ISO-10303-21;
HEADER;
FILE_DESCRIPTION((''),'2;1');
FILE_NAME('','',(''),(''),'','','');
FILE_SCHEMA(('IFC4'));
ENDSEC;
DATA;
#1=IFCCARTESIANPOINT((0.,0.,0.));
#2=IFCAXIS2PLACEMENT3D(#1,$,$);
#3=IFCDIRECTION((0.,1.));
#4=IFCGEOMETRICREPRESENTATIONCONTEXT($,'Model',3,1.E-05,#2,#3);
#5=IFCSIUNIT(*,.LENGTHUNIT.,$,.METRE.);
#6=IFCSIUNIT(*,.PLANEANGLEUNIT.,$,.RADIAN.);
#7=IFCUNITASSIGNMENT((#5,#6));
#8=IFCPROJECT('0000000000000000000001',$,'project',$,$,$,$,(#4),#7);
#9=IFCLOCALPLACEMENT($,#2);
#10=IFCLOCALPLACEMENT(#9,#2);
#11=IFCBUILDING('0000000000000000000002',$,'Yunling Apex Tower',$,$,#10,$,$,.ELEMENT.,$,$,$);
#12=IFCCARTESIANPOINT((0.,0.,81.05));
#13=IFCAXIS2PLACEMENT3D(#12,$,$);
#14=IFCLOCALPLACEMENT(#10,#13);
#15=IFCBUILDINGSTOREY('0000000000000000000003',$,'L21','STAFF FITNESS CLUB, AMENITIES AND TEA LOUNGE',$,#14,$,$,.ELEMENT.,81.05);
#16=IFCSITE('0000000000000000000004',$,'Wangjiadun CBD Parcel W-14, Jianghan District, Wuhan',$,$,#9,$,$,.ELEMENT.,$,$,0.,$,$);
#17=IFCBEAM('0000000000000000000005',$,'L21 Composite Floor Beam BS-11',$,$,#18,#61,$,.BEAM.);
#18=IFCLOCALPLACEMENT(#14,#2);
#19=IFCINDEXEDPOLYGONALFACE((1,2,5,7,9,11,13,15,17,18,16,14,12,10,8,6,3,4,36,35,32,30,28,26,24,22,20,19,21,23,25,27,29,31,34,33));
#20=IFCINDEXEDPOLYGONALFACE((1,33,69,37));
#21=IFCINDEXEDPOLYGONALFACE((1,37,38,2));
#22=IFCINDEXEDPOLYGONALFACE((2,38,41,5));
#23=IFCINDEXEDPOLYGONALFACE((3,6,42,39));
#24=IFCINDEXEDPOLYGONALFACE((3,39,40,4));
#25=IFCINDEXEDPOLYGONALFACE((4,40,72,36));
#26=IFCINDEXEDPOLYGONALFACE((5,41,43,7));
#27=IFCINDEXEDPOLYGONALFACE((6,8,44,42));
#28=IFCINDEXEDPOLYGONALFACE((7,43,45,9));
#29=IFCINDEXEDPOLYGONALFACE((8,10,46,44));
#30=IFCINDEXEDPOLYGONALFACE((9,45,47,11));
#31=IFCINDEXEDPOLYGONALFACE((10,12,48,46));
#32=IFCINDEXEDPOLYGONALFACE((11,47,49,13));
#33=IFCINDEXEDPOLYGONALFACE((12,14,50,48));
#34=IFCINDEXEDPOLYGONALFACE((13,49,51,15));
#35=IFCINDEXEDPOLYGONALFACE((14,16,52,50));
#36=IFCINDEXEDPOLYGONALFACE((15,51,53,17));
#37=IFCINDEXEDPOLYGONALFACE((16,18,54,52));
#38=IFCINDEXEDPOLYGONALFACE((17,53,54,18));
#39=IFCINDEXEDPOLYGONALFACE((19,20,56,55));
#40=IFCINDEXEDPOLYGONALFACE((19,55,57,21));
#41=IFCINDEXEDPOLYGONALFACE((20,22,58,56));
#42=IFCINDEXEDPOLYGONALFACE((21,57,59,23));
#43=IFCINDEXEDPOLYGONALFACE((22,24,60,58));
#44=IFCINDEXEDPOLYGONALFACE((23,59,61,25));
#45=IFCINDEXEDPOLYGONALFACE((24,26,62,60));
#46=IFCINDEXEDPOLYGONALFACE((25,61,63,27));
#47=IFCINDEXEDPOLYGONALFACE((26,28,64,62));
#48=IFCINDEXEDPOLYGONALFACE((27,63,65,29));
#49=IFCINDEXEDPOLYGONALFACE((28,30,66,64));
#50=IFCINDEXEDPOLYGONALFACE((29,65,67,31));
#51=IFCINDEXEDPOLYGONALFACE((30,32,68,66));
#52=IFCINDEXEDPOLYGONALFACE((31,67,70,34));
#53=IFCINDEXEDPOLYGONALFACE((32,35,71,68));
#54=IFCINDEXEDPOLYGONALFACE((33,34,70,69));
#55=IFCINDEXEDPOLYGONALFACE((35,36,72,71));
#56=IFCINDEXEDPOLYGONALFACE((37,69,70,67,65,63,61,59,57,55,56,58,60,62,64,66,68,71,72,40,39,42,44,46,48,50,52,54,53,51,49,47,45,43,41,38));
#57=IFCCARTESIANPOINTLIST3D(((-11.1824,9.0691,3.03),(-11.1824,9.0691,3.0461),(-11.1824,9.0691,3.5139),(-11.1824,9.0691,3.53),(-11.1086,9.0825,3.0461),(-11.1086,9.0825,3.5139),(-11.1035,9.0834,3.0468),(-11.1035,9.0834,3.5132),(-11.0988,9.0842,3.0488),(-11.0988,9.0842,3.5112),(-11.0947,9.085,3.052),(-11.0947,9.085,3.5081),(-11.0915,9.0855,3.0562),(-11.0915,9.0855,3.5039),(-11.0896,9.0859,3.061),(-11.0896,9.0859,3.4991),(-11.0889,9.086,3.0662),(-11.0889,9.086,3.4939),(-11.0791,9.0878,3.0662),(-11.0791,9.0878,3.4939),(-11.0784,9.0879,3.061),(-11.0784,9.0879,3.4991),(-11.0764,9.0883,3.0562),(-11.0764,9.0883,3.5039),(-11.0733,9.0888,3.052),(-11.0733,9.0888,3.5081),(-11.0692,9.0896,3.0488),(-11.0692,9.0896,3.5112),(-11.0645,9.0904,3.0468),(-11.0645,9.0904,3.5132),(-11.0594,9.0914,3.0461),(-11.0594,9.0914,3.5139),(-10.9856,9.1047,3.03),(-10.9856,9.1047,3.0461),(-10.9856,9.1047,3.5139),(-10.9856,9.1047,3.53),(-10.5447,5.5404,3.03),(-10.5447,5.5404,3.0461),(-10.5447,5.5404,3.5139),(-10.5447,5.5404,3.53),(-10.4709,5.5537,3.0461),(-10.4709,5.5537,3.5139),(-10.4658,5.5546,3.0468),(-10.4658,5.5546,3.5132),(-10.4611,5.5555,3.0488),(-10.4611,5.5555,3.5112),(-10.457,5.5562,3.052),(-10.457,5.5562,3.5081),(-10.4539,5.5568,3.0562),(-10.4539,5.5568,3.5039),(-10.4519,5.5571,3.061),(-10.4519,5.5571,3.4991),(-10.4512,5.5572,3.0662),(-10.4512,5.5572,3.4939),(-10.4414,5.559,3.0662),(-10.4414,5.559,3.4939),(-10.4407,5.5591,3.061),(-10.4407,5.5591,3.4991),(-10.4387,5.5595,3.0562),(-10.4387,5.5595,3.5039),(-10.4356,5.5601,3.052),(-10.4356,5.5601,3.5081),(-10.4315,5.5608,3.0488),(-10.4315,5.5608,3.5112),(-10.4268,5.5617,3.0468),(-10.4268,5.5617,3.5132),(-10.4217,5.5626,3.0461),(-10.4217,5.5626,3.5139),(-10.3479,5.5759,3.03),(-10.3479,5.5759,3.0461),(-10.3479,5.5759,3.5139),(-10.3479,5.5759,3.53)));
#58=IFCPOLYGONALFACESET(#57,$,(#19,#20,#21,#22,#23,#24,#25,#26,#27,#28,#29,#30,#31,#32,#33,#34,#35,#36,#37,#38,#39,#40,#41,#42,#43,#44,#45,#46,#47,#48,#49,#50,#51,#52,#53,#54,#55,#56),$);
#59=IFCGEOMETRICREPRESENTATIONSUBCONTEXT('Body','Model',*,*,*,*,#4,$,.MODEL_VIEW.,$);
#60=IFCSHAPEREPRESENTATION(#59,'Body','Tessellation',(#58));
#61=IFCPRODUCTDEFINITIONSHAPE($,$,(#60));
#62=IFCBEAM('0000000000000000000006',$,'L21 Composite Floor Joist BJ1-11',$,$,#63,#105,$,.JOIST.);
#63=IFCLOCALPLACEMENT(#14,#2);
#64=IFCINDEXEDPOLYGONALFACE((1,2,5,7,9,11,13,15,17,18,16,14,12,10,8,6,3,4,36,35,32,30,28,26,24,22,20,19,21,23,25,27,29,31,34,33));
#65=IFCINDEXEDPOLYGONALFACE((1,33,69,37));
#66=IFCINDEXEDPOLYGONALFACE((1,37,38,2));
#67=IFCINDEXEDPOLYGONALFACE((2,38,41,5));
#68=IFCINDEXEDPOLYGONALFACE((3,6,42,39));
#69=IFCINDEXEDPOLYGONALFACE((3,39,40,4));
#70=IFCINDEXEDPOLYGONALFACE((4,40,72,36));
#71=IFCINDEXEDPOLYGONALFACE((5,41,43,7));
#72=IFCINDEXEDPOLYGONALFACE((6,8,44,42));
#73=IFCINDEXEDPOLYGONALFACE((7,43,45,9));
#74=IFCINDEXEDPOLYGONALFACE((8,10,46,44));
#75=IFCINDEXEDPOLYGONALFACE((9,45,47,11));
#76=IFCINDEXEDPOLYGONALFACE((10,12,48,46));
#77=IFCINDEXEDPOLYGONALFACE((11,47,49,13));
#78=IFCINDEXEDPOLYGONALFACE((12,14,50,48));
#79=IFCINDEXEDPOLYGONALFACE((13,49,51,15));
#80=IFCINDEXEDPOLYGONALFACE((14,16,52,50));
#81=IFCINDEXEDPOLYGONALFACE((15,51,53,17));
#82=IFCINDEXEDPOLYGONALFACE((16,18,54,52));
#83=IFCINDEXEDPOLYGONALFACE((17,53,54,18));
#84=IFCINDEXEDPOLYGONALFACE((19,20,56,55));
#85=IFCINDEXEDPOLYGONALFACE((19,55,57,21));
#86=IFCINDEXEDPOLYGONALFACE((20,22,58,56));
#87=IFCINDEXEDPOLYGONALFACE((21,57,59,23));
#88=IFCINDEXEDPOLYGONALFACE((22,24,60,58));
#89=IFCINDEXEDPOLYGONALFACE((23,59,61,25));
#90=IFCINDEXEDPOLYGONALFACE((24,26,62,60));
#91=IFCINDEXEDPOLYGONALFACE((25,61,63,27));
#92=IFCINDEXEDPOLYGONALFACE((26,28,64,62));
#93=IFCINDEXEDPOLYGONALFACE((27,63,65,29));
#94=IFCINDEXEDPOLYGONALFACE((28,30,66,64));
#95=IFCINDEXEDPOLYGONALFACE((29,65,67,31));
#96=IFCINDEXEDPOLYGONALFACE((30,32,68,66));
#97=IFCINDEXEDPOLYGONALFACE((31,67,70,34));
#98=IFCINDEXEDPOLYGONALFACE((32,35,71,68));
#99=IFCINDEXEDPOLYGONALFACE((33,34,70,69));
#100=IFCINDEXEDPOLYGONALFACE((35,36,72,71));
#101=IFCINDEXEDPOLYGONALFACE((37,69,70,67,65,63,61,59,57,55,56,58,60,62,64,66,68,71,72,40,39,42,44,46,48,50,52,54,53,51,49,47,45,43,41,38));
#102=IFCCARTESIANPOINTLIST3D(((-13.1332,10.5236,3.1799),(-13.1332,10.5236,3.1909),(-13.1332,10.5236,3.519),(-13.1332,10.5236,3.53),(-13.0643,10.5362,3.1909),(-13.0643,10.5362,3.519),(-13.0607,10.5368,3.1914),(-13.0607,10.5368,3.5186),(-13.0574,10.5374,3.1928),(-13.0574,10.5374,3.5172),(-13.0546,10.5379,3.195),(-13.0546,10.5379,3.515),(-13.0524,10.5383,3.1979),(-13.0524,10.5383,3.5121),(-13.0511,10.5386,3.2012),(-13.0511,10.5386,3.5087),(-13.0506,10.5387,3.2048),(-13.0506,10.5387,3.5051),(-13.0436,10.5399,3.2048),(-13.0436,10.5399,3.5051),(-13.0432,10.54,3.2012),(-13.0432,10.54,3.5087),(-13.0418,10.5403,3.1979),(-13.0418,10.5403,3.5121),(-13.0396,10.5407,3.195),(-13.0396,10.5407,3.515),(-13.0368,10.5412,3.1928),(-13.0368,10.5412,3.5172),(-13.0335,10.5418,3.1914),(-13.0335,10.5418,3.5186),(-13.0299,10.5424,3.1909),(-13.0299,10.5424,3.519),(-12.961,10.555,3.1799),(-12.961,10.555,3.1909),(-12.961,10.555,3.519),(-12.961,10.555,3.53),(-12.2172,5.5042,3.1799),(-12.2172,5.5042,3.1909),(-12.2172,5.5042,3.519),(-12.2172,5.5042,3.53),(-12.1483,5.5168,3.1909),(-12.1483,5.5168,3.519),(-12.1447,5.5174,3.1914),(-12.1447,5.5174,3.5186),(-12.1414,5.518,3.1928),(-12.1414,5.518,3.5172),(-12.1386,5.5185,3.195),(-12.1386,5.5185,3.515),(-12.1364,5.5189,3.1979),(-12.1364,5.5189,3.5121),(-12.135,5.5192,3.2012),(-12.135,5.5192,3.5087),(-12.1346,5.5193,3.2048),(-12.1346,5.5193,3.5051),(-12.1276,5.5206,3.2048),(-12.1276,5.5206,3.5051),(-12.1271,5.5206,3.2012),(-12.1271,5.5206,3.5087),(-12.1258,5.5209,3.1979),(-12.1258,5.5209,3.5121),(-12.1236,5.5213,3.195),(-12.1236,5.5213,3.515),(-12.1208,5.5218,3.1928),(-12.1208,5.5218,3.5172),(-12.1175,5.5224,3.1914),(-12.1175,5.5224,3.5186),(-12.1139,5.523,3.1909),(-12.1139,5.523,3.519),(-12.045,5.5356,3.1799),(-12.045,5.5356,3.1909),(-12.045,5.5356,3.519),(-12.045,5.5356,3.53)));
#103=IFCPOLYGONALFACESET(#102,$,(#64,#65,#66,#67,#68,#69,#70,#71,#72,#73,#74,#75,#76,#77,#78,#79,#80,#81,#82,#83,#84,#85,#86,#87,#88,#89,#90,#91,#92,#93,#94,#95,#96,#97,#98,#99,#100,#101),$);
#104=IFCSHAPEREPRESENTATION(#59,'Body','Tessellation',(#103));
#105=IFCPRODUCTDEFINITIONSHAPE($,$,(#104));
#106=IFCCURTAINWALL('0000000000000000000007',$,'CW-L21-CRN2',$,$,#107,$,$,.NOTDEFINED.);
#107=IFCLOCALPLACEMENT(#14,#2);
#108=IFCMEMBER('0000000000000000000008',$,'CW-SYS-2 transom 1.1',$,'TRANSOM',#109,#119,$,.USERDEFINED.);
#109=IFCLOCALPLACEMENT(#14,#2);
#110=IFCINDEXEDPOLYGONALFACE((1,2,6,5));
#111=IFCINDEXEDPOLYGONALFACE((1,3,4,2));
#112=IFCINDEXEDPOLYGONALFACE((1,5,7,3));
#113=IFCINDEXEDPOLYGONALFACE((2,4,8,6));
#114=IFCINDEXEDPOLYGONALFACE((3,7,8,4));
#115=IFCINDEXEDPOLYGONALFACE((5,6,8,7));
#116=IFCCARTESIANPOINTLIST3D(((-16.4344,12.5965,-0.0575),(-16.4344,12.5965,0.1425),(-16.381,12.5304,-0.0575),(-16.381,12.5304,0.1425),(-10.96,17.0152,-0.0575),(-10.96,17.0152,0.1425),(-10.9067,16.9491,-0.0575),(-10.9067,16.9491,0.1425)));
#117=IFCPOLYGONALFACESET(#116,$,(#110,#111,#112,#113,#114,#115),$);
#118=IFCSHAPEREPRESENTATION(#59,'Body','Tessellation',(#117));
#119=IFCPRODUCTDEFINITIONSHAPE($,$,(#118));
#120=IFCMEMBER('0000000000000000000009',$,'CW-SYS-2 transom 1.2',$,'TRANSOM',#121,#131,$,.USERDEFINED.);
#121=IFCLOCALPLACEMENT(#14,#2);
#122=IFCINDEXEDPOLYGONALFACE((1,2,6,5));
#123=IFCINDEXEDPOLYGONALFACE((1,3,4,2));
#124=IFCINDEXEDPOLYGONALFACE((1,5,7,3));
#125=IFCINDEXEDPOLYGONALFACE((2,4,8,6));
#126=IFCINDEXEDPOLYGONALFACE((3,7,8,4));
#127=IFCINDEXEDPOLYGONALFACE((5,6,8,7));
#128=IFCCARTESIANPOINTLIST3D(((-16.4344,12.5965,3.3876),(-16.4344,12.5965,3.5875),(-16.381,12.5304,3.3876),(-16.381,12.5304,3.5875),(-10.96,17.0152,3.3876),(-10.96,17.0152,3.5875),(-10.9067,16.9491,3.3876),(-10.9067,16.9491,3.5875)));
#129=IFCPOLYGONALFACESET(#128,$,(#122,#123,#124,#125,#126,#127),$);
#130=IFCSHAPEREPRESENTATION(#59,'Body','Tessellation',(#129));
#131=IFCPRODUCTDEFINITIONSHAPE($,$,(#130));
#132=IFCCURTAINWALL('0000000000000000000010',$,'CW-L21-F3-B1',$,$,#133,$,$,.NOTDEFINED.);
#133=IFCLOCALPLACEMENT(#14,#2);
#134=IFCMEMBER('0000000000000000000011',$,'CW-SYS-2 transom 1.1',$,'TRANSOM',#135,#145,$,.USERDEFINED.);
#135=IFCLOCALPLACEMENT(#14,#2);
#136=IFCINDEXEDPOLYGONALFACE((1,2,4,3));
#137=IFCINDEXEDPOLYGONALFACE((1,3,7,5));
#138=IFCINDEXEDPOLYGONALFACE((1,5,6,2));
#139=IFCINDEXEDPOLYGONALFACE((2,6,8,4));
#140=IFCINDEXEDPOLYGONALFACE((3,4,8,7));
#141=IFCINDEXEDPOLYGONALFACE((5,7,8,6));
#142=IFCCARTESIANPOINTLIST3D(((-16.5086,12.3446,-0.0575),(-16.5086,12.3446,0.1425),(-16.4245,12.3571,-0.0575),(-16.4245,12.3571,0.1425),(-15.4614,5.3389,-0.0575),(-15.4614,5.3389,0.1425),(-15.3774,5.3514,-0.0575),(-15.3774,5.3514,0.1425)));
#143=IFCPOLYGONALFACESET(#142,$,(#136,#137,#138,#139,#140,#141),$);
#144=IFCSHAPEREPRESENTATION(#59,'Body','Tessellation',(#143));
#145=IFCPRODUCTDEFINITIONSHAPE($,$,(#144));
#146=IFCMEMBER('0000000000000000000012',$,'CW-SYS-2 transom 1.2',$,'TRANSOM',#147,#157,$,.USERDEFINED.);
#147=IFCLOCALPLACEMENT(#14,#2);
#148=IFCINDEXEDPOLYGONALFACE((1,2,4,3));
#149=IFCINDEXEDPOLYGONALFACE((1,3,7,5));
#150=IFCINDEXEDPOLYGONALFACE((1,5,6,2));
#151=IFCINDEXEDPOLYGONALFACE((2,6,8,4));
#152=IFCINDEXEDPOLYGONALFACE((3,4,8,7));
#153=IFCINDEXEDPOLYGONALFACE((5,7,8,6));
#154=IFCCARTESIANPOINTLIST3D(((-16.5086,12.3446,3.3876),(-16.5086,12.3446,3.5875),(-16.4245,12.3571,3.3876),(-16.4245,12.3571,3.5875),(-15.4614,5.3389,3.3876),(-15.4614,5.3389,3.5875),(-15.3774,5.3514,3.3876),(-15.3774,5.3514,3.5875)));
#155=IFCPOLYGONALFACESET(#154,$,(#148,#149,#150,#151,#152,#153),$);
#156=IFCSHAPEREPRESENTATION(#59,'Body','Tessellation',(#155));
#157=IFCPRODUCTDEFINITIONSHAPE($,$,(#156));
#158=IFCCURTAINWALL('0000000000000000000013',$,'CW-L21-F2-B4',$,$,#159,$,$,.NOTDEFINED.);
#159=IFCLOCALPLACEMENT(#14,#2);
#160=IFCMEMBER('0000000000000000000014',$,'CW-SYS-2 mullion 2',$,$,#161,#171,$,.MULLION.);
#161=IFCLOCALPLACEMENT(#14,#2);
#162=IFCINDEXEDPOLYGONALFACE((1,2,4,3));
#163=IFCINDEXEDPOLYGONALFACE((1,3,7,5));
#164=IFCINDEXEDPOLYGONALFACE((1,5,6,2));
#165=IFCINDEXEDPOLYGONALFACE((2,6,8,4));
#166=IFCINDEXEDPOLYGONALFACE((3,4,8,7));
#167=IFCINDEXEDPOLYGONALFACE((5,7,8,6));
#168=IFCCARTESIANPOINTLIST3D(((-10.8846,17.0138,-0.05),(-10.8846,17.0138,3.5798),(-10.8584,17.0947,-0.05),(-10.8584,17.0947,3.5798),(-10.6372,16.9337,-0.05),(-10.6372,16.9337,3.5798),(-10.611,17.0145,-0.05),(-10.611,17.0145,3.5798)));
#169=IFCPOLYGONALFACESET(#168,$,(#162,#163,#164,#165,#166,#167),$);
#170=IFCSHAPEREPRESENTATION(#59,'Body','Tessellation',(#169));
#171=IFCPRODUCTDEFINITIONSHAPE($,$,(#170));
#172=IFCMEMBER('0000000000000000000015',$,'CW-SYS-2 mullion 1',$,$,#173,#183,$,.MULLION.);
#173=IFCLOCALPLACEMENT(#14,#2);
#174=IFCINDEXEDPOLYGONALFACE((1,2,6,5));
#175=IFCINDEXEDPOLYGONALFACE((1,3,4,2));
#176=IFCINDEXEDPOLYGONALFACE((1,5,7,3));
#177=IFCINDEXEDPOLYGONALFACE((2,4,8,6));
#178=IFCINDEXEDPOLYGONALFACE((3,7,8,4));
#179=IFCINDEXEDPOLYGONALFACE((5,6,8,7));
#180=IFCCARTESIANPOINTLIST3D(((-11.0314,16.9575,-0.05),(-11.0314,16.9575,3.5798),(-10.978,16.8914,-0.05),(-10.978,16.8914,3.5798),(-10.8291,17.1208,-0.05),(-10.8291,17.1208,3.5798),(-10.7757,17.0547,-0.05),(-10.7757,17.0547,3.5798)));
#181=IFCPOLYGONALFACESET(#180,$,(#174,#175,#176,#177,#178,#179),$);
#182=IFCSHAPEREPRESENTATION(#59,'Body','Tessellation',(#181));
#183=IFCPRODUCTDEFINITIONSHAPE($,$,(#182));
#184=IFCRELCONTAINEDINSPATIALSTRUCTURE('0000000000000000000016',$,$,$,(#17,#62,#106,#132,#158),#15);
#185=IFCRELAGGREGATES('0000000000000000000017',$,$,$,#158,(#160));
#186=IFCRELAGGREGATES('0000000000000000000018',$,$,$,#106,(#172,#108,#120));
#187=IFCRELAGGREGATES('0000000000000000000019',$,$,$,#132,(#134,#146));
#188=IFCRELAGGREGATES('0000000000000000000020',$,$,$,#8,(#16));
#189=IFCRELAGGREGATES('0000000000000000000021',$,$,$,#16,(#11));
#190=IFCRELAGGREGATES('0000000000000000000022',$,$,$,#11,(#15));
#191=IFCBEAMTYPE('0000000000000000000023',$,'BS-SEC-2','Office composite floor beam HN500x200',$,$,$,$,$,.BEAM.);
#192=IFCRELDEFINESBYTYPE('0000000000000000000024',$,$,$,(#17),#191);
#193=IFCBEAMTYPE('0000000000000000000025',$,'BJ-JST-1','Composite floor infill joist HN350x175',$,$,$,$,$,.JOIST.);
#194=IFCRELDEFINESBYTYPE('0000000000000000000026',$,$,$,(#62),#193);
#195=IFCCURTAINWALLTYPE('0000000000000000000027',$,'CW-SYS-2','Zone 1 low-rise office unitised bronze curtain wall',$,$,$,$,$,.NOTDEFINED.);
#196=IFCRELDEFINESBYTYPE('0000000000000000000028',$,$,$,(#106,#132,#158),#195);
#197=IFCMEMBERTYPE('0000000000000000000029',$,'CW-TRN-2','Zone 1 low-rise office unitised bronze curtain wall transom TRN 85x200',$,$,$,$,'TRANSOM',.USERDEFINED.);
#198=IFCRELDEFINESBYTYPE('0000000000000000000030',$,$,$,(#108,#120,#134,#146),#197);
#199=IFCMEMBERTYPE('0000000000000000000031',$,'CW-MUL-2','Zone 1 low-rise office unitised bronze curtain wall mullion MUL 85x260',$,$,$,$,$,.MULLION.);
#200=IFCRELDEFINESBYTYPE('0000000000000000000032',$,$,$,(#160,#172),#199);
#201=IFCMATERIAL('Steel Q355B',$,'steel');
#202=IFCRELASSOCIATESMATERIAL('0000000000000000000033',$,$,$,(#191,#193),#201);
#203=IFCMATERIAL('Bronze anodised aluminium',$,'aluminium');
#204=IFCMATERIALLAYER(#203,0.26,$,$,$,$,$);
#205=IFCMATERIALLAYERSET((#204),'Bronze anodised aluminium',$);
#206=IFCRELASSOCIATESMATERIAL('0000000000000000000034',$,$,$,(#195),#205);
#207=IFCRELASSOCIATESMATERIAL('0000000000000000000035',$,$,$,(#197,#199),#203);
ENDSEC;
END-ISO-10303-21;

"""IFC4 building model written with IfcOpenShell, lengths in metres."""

from ifc_helpers import new_model, si_unit, direction, frame, origin, origin_2d, place, context, subcontext, project, spatial, rectangle, i_section, extrude, source, transform, mapped, material, layer, layer_set, material_profile, profile_set, type_object, element, aggregate, save


model = new_model("IFC4")

# Units and contexts
model_context = context("Model", 3, precision=1e-05, world=origin(), true_north=direction((0.0, 1.0)))
body_context = subcontext(model_context, "Body", "Model", "MODEL_VIEW")
ifc_project = project(units=[si_unit("LENGTHUNIT", "METRE"), si_unit("PLANEANGLEUNIT", "RADIAN")], contexts=[model_context])

# Site, building, storey
site_placement = place(None, origin())
site = spatial("IfcSite", under=ifc_project, at=site_placement, Name="Wangjiadun CBD Parcel W-14, Jianghan District, Wuhan", CompositionType="ELEMENT", RefElevation=0.0)
building_placement = place(site_placement, origin())
building = spatial("IfcBuilding", under=site, at=building_placement, Name="Yunling Apex Tower", CompositionType="ELEMENT")
storey_placement = place(building_placement, frame((0.0, 0.0, 81.05)))
storey = spatial("IfcBuildingStorey", under=building, at=storey_placement, Name="L21", Description="STAFF FITNESS CLUB, AMENITIES AND TEA LOUNGE", CompositionType="ELEMENT", Elevation=81.05)

# Beams
ifc_material_1 = material(Name="Steel Q355B", Category="steel")
ifc_material_profile_1 = material_profile(ifc_material_1, i_section(OverallWidth=0.2, OverallDepth=0.5, WebThickness=0.01, FlangeThickness=0.0161, FilletRadius=0.02, at=origin_2d()))
ifc_profile_set_1 = profile_set([ifc_material_profile_1], Name="Steel Q355B")
beam_type_1 = type_object("IfcBeamType", Name="BS-SEC-2", Description="Office composite floor beam HN500x200", PredefinedType="BEAM", material=ifc_profile_set_1)
shared_shape_1 = source(origin(), body_context, "Body", "SweptSolid", [
    extrude(i_section(OverallWidth=0.2, OverallDepth=0.5, WebThickness=0.01, FlangeThickness=0.0161, FilletRadius=0.02, at=origin_2d()), origin(), (0.0, 0.0, 1.0), 3.5859),
])
beam_1_placement = place(storey_placement, frame((-11.084, 9.0869, 3.28), z_axis=(0.177831, -0.984061, 0.0), x_axis=(0.984061, 0.177831, 0.0)))
element("IfcBeam", 1, at=beam_1_placement, inside=storey, type_object=beam_type_1, Name="L21 Composite Floor Beam BS-11", PredefinedType="BEAM", context=body_context, shape_type="MappedRepresentation", body=[
    mapped(shared_shape_1, transform((0.0, 0.0, 0.0), scale=1.0)),
])
ifc_material_profile_2 = material_profile(ifc_material_1, i_section(OverallWidth=0.175, OverallDepth=0.3501, WebThickness=0.0071, FlangeThickness=0.011, FilletRadius=0.0139, at=origin_2d()))
ifc_profile_set_2 = profile_set([ifc_material_profile_2], Name="Steel Q355B")
beam_type_2 = type_object("IfcBeamType", Name="BJ-JST-1", Description="Composite floor infill joist HN350x175", PredefinedType="JOIST", material=ifc_profile_set_2)
shared_shape_2 = source(origin(), body_context, "Body", "SweptSolid", [
    extrude(i_section(OverallWidth=0.175, OverallDepth=0.3501, WebThickness=0.0071, FlangeThickness=0.011, FilletRadius=0.0139, at=origin_2d()), origin(), (0.0, 0.0, 1.0), 5.1023),
])
beam_2_placement = place(storey_placement, frame((-13.0471, 10.5393, 3.355), z_axis=(0.179534, -0.983752, 0.0), x_axis=(0.983752, 0.179534, 0.0)))
element("IfcBeam", 2, at=beam_2_placement, inside=storey, type_object=beam_type_2, Name="L21 Composite Floor Joist BJ1-11", PredefinedType="JOIST", context=body_context, shape_type="MappedRepresentation", body=[
    mapped(shared_shape_2, transform((0.0, 0.0, 0.0), scale=1.0)),
])

# Curtain walls, members
ifc_material_2 = material(Name="Bronze anodised aluminium", Category="aluminium")
ifc_layer_1 = layer(ifc_material_2, 0.26)
ifc_layer_set_1 = layer_set([ifc_layer_1], Name="Bronze anodised aluminium")
curtain_wall_type = type_object("IfcCurtainWallType", Name="CW-SYS-2", Description="Zone 1 low-rise office unitised bronze curtain wall", PredefinedType="NOTDEFINED", material=ifc_layer_set_1)
curtain_wall_1_placement = place(storey_placement, origin())
curtain_wall_1 = element("IfcCurtainWall", 3, at=curtain_wall_1_placement, inside=storey, type_object=curtain_wall_type, Name="CW-L21-CRN2", PredefinedType="NOTDEFINED")
ifc_material_profile_3 = material_profile(ifc_material_2, rectangle(XDim=0.085, YDim=0.2, at=origin_2d()))
ifc_profile_set_3 = profile_set([ifc_material_profile_3], Name="Bronze anodised aluminium")
member_type_1 = type_object("IfcMemberType", Name="CW-TRN-2", Description="Zone 1 low-rise office unitised bronze curtain wall transom TRN 85x200", ElementType="TRANSOM", PredefinedType="USERDEFINED", material=ifc_profile_set_3)
shared_shape_3 = source(origin(), body_context, "Body", "SweptSolid", [
    extrude(rectangle(XDim=0.085, YDim=0.2, at=origin_2d()), origin(), (0.0, 0.0, 1.0), 7.0352),
])
member_1_placement = place(storey_placement, frame((-10.9333, 16.9822, 0.0425), z_axis=(-0.778143, -0.628087, 0.0), x_axis=(0.628087, -0.778143, 0.0)))
member_1 = element("IfcMember", 4, at=member_1_placement, type_object=member_type_1, Name="CW-SYS-2 transom 1.1", ObjectType="TRANSOM", PredefinedType="USERDEFINED", context=body_context, shape_type="MappedRepresentation", body=[
    mapped(shared_shape_3, transform((0.0, 0.0, 0.0), scale=1.0)),
])
member_2_placement = place(storey_placement, frame((-10.9333, 16.9822, 3.4875), z_axis=(-0.778143, -0.628087, 0.0), x_axis=(0.628087, -0.778143, 0.0)))
member_2 = element("IfcMember", 5, at=member_2_placement, type_object=member_type_1, Name="CW-SYS-2 transom 1.2", ObjectType="TRANSOM", PredefinedType="USERDEFINED", context=body_context, shape_type="MappedRepresentation", body=[
    mapped(shared_shape_3, transform((0.0, 0.0, 0.0), scale=1.0)),
])
curtain_wall_2_placement = place(storey_placement, origin())
curtain_wall_2 = element("IfcCurtainWall", 6, at=curtain_wall_2_placement, inside=storey, type_object=curtain_wall_type, Name="CW-L21-F3-B1", PredefinedType="NOTDEFINED")
shared_shape_4 = source(origin(), body_context, "Body", "SweptSolid", [
    extrude(rectangle(XDim=0.085, YDim=0.2, at=origin_2d()), origin(), (0.0, 0.0, 1.0), 7.0835),
])
member_3_placement = place(storey_placement, frame((-16.4666, 12.3508, 0.0425), z_axis=(0.147826, -0.989013, 0.0), x_axis=(0.989013, 0.147826, 0.0)))
member_3 = element("IfcMember", 7, at=member_3_placement, type_object=member_type_1, Name="CW-SYS-2 transom 1.1", ObjectType="TRANSOM", PredefinedType="USERDEFINED", context=body_context, shape_type="MappedRepresentation", body=[
    mapped(shared_shape_4, transform((0.0, 0.0, 0.0), scale=1.0)),
])
member_4_placement = place(storey_placement, frame((-16.4666, 12.3508, 3.4875), z_axis=(0.147826, -0.989013, 0.0), x_axis=(0.989013, 0.147826, 0.0)))
member_4 = element("IfcMember", 8, at=member_4_placement, type_object=member_type_1, Name="CW-SYS-2 transom 1.2", ObjectType="TRANSOM", PredefinedType="USERDEFINED", context=body_context, shape_type="MappedRepresentation", body=[
    mapped(shared_shape_4, transform((0.0, 0.0, 0.0), scale=1.0)),
])

# Curtain wall, member
curtain_wall_3_placement = place(storey_placement, origin())
curtain_wall_3 = element("IfcCurtainWall", 9, at=curtain_wall_3_placement, inside=storey, type_object=curtain_wall_type, Name="CW-L21-F2-B4", PredefinedType="NOTDEFINED")
ifc_material_profile_4 = material_profile(ifc_material_2, rectangle(XDim=0.085, YDim=0.26, at=origin_2d()))
ifc_profile_set_4 = profile_set([ifc_material_profile_4], Name="Bronze anodised aluminium")
member_type_2 = type_object("IfcMemberType", Name="CW-MUL-2", Description="Zone 1 low-rise office unitised bronze curtain wall mullion MUL 85x260", PredefinedType="MULLION", material=ifc_profile_set_4)
shared_shape_5 = source(origin(), body_context, "Body", "SweptSolid", [
    extrude(rectangle(XDim=0.085, YDim=0.26, at=origin_2d()), origin(), (0.0, 0.0, 1.0), 3.6299),
])
member_5_placement = place(storey_placement, frame((-10.7478, 17.0142, -0.05), z_axis=(0.0, 0.0, 1.0), x_axis=(-0.308357, -0.951271, 0.0)))
member_5 = element("IfcMember", 10, at=member_5_placement, type_object=member_type_2, Name="CW-SYS-2 mullion 2", PredefinedType="MULLION", context=body_context, shape_type="MappedRepresentation", body=[
    mapped(shared_shape_5, transform((0.0, 0.0, 0.0), scale=1.0)),
])
aggregate(curtain_wall_3, [member_5])

# Member
member_6_placement = place(storey_placement, frame((-10.9036, 17.0061, -0.05), z_axis=(0.0, 0.0, 1.0), x_axis=(0.62808, -0.778149, 0.0)))
member_6 = element("IfcMember", 11, at=member_6_placement, type_object=member_type_2, Name="CW-SYS-2 mullion 1", PredefinedType="MULLION", context=body_context, shape_type="MappedRepresentation", body=[
    mapped(shared_shape_5, transform((0.0, 0.0, 0.0), scale=1.0)),
])

aggregate(curtain_wall_1, [member_6, member_1, member_2])
aggregate(curtain_wall_2, [member_3, member_4])

save(model, "model.ifc")
